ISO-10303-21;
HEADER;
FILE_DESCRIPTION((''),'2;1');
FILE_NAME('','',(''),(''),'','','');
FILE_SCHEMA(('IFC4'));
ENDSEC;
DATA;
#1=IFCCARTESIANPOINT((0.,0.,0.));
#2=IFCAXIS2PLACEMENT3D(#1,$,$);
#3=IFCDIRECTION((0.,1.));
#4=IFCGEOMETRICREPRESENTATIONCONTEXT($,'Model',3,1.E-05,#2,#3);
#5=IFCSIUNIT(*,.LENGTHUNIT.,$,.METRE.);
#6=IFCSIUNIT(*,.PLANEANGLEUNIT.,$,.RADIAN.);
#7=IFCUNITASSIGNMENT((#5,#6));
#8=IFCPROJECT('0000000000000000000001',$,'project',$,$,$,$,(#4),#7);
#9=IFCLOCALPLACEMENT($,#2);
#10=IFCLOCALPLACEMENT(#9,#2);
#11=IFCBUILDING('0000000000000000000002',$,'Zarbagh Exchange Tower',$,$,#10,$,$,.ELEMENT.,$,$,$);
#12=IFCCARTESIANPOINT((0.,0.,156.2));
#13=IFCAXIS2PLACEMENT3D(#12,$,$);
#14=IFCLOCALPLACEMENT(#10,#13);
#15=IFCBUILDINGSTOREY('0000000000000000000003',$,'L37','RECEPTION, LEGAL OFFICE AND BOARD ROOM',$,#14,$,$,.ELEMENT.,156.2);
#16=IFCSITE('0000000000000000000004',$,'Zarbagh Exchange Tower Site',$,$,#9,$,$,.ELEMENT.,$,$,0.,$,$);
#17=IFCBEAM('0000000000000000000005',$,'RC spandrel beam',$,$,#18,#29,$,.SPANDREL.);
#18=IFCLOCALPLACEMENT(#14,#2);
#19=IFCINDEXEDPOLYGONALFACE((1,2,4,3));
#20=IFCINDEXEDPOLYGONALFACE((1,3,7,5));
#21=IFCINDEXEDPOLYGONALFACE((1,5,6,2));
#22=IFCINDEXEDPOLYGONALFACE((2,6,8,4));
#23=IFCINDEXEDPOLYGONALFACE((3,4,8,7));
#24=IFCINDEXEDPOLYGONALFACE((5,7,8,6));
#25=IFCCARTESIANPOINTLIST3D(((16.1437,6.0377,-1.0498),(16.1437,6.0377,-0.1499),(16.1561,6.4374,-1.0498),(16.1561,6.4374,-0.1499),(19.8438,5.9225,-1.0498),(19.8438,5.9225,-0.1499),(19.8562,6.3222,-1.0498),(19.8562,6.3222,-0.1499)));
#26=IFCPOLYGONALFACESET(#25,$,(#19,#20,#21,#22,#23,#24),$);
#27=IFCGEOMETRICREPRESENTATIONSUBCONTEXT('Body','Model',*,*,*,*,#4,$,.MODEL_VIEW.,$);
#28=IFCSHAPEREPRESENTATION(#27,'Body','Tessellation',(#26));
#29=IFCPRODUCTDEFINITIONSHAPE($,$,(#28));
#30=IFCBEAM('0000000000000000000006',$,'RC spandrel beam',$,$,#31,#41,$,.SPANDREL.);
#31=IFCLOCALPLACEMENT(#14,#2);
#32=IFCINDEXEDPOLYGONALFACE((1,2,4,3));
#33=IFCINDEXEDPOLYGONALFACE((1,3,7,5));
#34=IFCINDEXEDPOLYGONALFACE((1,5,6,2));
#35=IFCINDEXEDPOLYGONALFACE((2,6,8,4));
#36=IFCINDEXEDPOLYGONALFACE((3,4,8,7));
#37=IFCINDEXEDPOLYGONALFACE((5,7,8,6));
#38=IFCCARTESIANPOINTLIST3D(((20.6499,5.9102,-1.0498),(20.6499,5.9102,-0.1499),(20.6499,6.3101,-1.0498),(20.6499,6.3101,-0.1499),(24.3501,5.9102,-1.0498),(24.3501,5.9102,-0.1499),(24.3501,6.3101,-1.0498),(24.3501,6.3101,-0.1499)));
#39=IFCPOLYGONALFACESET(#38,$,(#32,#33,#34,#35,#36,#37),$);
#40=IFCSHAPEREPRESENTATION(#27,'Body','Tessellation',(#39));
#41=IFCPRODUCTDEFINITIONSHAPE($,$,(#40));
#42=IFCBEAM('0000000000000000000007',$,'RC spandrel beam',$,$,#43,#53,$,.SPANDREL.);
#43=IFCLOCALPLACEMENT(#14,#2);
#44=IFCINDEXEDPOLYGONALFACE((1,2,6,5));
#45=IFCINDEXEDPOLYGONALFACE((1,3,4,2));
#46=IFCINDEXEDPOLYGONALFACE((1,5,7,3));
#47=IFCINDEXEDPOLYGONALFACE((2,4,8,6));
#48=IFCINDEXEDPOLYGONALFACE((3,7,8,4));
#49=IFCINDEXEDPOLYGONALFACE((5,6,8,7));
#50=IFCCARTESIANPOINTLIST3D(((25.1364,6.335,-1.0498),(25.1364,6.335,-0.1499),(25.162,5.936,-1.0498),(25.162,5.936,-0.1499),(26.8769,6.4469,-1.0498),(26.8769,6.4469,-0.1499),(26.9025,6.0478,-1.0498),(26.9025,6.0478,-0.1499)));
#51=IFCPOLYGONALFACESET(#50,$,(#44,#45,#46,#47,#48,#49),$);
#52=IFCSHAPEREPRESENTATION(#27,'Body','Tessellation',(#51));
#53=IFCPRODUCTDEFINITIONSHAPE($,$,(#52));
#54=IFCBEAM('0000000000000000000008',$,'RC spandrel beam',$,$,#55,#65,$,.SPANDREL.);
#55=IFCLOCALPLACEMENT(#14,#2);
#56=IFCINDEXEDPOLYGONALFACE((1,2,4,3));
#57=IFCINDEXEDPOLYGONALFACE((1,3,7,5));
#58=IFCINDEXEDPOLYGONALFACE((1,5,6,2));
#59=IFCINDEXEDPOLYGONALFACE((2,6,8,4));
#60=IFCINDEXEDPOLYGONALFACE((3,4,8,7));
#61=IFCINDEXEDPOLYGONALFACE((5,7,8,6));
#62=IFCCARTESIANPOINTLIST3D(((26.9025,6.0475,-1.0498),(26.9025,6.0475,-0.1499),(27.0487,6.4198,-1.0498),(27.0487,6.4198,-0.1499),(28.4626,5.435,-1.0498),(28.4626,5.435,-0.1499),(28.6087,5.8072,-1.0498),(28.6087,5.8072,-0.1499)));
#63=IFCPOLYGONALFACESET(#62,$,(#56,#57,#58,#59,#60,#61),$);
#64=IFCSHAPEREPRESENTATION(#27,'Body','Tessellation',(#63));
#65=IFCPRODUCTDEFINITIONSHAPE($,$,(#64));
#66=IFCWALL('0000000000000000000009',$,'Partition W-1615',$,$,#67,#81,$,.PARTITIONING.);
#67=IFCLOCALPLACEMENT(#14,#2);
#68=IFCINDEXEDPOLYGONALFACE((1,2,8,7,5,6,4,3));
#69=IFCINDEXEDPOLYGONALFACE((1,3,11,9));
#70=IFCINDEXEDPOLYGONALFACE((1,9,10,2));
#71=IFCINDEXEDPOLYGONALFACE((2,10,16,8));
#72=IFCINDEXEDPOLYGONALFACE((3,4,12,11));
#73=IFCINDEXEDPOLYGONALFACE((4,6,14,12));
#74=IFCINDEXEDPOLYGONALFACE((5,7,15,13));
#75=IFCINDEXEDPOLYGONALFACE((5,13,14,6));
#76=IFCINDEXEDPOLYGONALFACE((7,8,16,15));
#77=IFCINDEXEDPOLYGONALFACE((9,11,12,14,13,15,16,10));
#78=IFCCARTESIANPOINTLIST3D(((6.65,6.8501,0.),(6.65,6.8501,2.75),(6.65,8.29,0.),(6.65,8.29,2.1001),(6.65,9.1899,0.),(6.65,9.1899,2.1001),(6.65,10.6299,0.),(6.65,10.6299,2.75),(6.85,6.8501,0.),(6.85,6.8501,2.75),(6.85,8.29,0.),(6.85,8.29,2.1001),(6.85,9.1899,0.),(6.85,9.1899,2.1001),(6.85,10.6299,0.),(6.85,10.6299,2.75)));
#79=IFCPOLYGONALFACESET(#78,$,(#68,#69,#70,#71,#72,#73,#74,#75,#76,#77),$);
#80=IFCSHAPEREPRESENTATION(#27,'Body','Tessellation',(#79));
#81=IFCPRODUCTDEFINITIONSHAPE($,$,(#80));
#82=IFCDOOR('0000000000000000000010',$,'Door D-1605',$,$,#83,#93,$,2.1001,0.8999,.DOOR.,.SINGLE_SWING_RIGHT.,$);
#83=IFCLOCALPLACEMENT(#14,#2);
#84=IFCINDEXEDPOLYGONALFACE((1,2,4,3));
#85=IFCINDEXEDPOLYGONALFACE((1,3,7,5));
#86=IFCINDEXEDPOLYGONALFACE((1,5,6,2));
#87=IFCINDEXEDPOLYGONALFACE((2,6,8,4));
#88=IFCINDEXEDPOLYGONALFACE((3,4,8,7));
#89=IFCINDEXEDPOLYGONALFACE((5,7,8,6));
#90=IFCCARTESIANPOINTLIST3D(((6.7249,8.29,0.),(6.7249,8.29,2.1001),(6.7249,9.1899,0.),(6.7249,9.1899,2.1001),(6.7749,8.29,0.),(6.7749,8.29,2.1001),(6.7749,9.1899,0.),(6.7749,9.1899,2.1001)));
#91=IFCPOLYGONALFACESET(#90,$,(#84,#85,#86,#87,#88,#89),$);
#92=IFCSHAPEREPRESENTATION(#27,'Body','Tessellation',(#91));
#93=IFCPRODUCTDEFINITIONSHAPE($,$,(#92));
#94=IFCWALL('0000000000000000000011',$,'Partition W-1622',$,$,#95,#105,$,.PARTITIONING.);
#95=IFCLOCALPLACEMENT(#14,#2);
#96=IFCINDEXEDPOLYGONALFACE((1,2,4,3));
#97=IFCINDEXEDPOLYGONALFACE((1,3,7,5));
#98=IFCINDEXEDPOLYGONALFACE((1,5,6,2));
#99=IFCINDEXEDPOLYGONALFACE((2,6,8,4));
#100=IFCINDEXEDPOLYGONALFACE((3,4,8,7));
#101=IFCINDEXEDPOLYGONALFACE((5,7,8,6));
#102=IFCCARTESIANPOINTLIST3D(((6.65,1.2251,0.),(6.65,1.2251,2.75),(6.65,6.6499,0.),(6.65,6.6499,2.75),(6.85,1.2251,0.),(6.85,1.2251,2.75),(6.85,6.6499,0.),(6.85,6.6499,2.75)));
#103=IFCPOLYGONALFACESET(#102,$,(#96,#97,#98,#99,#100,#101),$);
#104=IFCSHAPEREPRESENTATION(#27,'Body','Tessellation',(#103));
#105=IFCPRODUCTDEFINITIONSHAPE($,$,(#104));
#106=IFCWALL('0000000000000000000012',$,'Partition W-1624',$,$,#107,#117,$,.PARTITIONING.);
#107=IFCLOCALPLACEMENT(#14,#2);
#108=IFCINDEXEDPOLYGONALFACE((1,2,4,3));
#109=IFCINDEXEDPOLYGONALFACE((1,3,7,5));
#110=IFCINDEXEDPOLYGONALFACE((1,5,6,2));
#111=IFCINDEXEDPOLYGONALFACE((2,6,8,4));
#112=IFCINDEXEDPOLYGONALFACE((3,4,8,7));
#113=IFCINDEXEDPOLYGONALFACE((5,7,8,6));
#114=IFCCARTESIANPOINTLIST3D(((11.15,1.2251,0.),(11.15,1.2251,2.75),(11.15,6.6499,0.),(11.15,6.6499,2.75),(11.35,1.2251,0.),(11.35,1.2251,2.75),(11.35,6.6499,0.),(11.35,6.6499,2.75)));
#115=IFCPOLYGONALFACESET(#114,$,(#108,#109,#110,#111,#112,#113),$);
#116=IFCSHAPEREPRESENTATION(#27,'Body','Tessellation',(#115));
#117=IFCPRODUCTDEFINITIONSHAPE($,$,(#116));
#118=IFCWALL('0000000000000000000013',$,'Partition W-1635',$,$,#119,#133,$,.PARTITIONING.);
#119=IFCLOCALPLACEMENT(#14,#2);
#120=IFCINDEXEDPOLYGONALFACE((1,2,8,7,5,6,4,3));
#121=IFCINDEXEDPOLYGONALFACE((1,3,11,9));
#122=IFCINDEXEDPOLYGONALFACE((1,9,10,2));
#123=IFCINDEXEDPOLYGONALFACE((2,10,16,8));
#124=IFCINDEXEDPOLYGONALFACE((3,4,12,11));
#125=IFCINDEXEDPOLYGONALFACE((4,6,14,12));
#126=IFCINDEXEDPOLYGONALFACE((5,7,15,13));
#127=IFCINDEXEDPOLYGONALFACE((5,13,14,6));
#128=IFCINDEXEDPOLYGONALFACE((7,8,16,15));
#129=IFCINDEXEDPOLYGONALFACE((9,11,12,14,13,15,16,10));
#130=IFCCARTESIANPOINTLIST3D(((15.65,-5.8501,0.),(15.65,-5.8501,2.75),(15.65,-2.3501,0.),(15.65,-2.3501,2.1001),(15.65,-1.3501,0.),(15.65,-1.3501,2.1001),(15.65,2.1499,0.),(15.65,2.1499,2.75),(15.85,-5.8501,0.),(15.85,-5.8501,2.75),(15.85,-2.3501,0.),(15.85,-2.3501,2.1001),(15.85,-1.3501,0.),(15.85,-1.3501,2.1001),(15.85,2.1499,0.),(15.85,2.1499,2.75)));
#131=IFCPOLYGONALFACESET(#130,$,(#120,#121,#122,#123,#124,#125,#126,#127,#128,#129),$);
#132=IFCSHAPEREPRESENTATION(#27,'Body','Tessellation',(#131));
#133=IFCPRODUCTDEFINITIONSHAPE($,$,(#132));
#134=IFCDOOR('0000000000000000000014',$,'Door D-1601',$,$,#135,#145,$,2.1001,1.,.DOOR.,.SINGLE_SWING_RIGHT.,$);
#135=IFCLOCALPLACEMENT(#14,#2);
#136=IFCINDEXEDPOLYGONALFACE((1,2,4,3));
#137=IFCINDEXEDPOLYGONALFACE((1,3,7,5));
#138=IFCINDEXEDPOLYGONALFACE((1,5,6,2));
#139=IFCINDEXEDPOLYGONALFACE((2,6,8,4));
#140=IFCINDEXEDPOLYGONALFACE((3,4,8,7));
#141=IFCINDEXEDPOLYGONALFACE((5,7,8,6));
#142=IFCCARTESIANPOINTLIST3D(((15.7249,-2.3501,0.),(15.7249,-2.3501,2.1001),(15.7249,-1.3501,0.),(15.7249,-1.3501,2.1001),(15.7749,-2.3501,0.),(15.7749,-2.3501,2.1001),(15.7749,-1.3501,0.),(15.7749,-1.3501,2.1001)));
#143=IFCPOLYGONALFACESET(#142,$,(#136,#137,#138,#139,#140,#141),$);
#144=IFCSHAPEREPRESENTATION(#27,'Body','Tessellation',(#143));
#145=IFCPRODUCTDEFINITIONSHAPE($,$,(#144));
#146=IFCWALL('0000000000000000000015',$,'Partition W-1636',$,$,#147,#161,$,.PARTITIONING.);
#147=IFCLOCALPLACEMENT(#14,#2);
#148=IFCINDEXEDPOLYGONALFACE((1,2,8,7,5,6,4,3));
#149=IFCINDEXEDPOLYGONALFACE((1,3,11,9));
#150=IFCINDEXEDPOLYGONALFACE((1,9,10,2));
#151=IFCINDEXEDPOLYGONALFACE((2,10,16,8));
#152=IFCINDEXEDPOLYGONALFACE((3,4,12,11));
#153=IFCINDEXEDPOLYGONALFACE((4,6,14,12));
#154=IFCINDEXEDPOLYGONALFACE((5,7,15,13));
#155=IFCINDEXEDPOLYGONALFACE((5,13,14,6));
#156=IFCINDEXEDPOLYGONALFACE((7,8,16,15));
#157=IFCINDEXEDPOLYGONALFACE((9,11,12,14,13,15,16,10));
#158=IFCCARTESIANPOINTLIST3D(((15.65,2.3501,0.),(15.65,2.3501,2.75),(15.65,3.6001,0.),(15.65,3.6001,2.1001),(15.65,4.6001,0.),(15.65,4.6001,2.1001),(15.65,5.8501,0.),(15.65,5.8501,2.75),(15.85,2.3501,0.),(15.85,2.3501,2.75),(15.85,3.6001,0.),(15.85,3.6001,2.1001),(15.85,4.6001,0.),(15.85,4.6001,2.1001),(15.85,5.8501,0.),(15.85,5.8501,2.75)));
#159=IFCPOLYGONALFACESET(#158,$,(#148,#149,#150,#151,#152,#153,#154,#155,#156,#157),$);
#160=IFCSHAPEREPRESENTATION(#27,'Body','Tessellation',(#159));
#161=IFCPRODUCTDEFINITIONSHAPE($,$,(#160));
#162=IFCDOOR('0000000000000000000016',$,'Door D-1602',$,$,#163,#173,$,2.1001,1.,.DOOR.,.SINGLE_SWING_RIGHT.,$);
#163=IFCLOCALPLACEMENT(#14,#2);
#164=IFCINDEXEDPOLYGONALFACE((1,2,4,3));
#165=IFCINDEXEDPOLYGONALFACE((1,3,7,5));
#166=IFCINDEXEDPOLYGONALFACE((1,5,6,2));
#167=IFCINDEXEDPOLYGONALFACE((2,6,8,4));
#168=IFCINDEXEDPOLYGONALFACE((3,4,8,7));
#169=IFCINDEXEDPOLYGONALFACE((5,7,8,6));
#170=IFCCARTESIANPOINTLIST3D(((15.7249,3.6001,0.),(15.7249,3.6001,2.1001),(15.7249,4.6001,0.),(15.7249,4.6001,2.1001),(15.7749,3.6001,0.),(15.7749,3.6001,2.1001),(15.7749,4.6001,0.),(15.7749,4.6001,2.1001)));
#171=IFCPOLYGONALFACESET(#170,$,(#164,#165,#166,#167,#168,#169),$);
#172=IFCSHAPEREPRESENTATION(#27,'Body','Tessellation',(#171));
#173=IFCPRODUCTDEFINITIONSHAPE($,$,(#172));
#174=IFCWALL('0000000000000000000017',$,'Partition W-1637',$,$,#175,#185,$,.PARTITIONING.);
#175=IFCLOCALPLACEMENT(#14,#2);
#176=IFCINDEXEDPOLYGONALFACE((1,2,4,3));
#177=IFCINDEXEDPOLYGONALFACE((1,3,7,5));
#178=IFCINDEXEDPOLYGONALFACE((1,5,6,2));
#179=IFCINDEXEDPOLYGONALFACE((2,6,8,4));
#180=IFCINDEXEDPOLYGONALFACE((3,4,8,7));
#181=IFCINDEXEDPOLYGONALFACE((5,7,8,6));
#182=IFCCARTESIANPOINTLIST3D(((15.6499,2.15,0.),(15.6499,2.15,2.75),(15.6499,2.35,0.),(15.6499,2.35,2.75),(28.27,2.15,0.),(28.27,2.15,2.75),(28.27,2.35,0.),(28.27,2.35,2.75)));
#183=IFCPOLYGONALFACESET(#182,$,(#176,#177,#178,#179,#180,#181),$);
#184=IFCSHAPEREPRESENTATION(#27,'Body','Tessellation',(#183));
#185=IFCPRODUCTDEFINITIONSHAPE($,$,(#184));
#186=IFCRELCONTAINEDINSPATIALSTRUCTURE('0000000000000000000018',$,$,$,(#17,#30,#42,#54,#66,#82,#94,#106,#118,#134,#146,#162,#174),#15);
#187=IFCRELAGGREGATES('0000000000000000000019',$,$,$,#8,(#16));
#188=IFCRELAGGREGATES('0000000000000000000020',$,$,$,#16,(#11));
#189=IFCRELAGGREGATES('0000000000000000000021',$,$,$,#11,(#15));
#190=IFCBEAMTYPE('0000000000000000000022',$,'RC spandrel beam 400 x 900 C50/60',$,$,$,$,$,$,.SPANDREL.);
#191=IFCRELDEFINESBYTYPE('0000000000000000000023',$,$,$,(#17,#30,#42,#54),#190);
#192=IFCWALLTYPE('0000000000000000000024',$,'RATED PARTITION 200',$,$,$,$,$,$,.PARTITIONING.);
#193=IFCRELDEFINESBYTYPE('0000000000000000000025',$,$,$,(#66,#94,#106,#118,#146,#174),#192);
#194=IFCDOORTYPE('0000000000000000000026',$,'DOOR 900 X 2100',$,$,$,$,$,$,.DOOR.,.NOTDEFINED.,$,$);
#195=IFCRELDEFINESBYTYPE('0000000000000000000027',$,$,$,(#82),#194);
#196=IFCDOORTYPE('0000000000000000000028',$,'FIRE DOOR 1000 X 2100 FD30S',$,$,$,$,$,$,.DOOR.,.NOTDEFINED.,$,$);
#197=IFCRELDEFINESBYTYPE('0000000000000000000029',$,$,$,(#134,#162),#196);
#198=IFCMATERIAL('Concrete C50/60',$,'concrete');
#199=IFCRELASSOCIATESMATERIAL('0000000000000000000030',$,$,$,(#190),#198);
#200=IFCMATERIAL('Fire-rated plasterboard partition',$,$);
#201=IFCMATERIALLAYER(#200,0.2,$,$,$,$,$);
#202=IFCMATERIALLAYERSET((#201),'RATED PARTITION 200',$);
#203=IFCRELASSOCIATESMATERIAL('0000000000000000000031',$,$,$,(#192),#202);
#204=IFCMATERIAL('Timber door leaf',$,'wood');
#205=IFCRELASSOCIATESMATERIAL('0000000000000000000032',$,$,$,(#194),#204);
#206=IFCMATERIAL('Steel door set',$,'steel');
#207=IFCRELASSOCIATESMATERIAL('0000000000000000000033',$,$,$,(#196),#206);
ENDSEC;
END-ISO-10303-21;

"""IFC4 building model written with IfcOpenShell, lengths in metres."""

from ifc_helpers import new_model, si_unit, direction, frame, frame_2d, origin, origin_2d, place, context, subcontext, project, spatial, rectangle, extrude, material, layer, layer_set, material_profile, profile_set, type_object, element, fill, save


model = new_model("IFC4")

# Units and contexts
model_context = context("Model", 3, precision=1e-05, world=origin(), true_north=direction((0.0, 1.0)))
body_context = subcontext(model_context, "Body", "Model", "MODEL_VIEW")
ifc_project = project(units=[si_unit("LENGTHUNIT", "METRE"), si_unit("PLANEANGLEUNIT", "RADIAN")], contexts=[model_context])

# Site, building, storey
site_placement = place(None, origin())
site = spatial("IfcSite", under=ifc_project, at=site_placement, Name="Zarbagh Exchange Tower Site", CompositionType="ELEMENT", RefElevation=0.0)
building_placement = place(site_placement, origin())
building = spatial("IfcBuilding", under=site, at=building_placement, Name="Zarbagh Exchange Tower", CompositionType="ELEMENT")
storey_placement = place(building_placement, frame((0.0, 0.0, 156.2)))
storey = spatial("IfcBuildingStorey", under=building, at=storey_placement, Name="L37", Description="RECEPTION, LEGAL OFFICE AND BOARD ROOM", CompositionType="ELEMENT", Elevation=156.2)

# Shared definitions
ifc_material_1 = material(Name="Concrete C50/60", Category="concrete")

# Beams
ifc_material_profile_1 = material_profile(ifc_material_1, rectangle(XDim=0.3999, YDim=0.8999, at=origin_2d()), Name="RC spandrel beam 400 x 900 C50/60")
ifc_profile_set_1 = profile_set([ifc_material_profile_1], Name="Concrete C50/60")
beam_type_1 = type_object("IfcBeamType", Name="RC spandrel beam 400 x 900 C50/60", PredefinedType="SPANDREL", material=ifc_profile_set_1)
beam_1_placement = place(storey_placement, frame((16.1499, 6.2375, -0.5999), z_axis=(0.999515, -0.031128, 0.0), x_axis=(0.031128, 0.999515, 0.0)))
element("IfcBeam", 1, at=beam_1_placement, inside=storey, type_object=beam_type_1, Name="RC spandrel beam", PredefinedType="SPANDREL", context=body_context, shape_type="SweptSolid", body=[
    extrude(rectangle(XDim=0.3999, YDim=0.8999, at=origin_2d()), origin(), (0.0, 0.0, 1.0), 3.7019),
])
beam_2_placement = place(storey_placement, frame((20.6499, 6.1101, -0.5999), z_axis=(1.0, 0.0, 0.0), x_axis=(0.0, 1.0, 0.0)))
element("IfcBeam", 2, at=beam_2_placement, inside=storey, type_object=beam_type_1, Name="RC spandrel beam", PredefinedType="SPANDREL", context=body_context, shape_type="SweptSolid", body=[
    extrude(rectangle(XDim=0.3999, YDim=0.8999, at=origin_2d()), origin(), (0.0, 0.0, 1.0), 3.7002),
])
beam_3_placement = place(storey_placement, frame((25.1492, 6.1355, -0.5999), z_axis=(0.997943, 0.064112, 0.0), x_axis=(-0.064112, 0.997943, 0.0)))
element("IfcBeam", 3, at=beam_3_placement, inside=storey, type_object=beam_type_1, Name="RC spandrel beam", PredefinedType="SPANDREL", context=body_context, shape_type="SweptSolid", body=[
    extrude(rectangle(XDim=0.3999, YDim=0.8999, at=origin_2d()), origin(), (0.0, 0.0, 1.0), 1.7441),
])
beam_4_placement = place(storey_placement, frame((26.9756, 6.2336, -0.5999), z_axis=(0.930819, -0.365481, 0.0), x_axis=(0.365481, 0.930819, 0.0)))
element("IfcBeam", 4, at=beam_4_placement, inside=storey, type_object=beam_type_1, Name="RC spandrel beam", PredefinedType="SPANDREL", context=body_context, shape_type="SweptSolid", body=[
    extrude(rectangle(XDim=0.3999, YDim=0.8999, at=origin_2d()), origin(), (0.0, 0.0, 1.0), 1.676),
])

# Wall, opening, door
ifc_material_2 = material(Name="Fire-rated plasterboard partition")
ifc_layer = layer(ifc_material_2, 0.2)
ifc_layer_set = layer_set([ifc_layer], Name="RATED PARTITION 200")
wall_type = type_object("IfcWallType", Name="RATED PARTITION 200", PredefinedType="PARTITIONING", material=ifc_layer_set)
wall_1_placement = place(storey_placement, frame((6.75, 10.6299, 0.0), z_axis=(0.0, 0.0, 1.0), x_axis=(0.0, -1.0, 0.0)))
wall_1 = element("IfcWall", 5, at=wall_1_placement, inside=storey, type_object=wall_type, Name="Partition W-1615", PredefinedType="PARTITIONING", context=body_context, shape_type="SweptSolid", body=[
    extrude(rectangle(XDim=3.7798, YDim=0.2, at=frame_2d((1.8899, 0.0))), origin(), (0.0, 0.0, 1.0), 2.75),
])
opening_1_placement = place(wall_1_placement, frame((1.4399, 0.0, 0.0)))
opening_1 = element("IfcOpeningElement", 6, at=opening_1_placement, cuts=wall_1, PredefinedType="OPENING", context=body_context, shape_type="SweptSolid", body=[
    extrude(rectangle(XDim=0.8999, YDim=2.1001, at=frame_2d((0.45, 1.05))), frame((0.0, 0.1099, 0.0), z_axis=(0.0, -1.0, 0.0), x_axis=(1.0, 0.0, 0.0)), (0.0, 0.0, 1.0), 0.22),
])
ifc_material_3 = material(Name="Timber door leaf", Category="wood")
door_type_1 = type_object("IfcDoorType", Name="DOOR 900 X 2100", OperationType="NOTDEFINED", PredefinedType="DOOR", material=ifc_material_3)
door_1_placement = place(opening_1_placement, origin())
door_1 = element("IfcDoor", 7, at=door_1_placement, inside=storey, type_object=door_type_1, Name="Door D-1605", OperationType="SINGLE_SWING_RIGHT", OverallHeight=2.1001, OverallWidth=0.8999, PredefinedType="DOOR", context=body_context, shape_type="SweptSolid", body=[
    extrude(rectangle(XDim=0.8999, YDim=2.1001, at=frame_2d((0.45, 1.05))), frame((0.0, 0.0249, 0.0), z_axis=(0.0, -1.0, 0.0), x_axis=(1.0, 0.0, 0.0)), (0.0, 0.0, 1.0), 0.05),
])
fill(opening_1, door_1)

# Walls
for number, where, z_axis, x_axis, name in (
    (8, (6.75, 1.2251, 0.0), (0.0, 0.0, 1.0), (0.0, 1.0, 0.0), "Partition W-1622"),
    (9, (11.25, 1.2251, 0.0), (0.0, 0.0, 1.0), (0.0, 1.0, 0.0), "Partition W-1624"),
):
    element("IfcWall", number, at=place(storey_placement, frame(where, z_axis=z_axis, x_axis=x_axis)), inside=storey, type_object=wall_type, Name=name, PredefinedType="PARTITIONING", context=body_context, shape_type="SweptSolid", body=[
        extrude(rectangle(XDim=5.4248, YDim=0.2, at=frame_2d((2.7124, 0.0))), origin(), (0.0, 0.0, 1.0), 2.75),
    ])

# Walls, openings, doors
wall_2_placement = place(storey_placement, frame((15.75, 2.1499, 0.0), z_axis=(0.0, 0.0, 1.0), x_axis=(0.0, -1.0, 0.0)))
wall_2 = element("IfcWall", 10, at=wall_2_placement, inside=storey, type_object=wall_type, Name="Partition W-1635", PredefinedType="PARTITIONING", context=body_context, shape_type="SweptSolid", body=[
    extrude(rectangle(XDim=8.0, YDim=0.2, at=frame_2d((4.0, 0.0))), origin(), (0.0, 0.0, 1.0), 2.75),
])
opening_2_placement = place(wall_2_placement, frame((3.5, 0.0, 0.0)))
opening_2 = element("IfcOpeningElement", 11, at=opening_2_placement, cuts=wall_2, PredefinedType="OPENING", context=body_context, shape_type="SweptSolid", body=[
    extrude(rectangle(XDim=1.0, YDim=2.1001, at=frame_2d((0.5, 1.05))), frame((0.0, 0.1099, 0.0), z_axis=(0.0, -1.0, 0.0), x_axis=(1.0, 0.0, 0.0)), (0.0, 0.0, 1.0), 0.22),
])
ifc_material_4 = material(Name="Steel door set", Category="steel")
door_type_2 = type_object("IfcDoorType", Name="FIRE DOOR 1000 X 2100 FD30S", OperationType="NOTDEFINED", PredefinedType="DOOR", material=ifc_material_4)
door_2_placement = place(opening_2_placement, origin())
door_2 = element("IfcDoor", 12, at=door_2_placement, inside=storey, type_object=door_type_2, Name="Door D-1601", OperationType="SINGLE_SWING_RIGHT", OverallHeight=2.1001, OverallWidth=1.0, PredefinedType="DOOR", context=body_context, shape_type="SweptSolid", body=[
    extrude(rectangle(XDim=1.0, YDim=2.1001, at=frame_2d((0.5, 1.05))), frame((0.0, 0.0249, 0.0), z_axis=(0.0, -1.0, 0.0), x_axis=(1.0, 0.0, 0.0)), (0.0, 0.0, 1.0), 0.05),
])
fill(opening_2, door_2)
wall_3_placement = place(storey_placement, frame((15.75, 5.8501, 0.0), z_axis=(0.0, 0.0, 1.0), x_axis=(0.0, -1.0, 0.0)))
wall_3 = element("IfcWall", 13, at=wall_3_placement, inside=storey, type_object=wall_type, Name="Partition W-1636", PredefinedType="PARTITIONING", context=body_context, shape_type="SweptSolid", body=[
    extrude(rectangle(XDim=3.5, YDim=0.2, at=frame_2d((1.75, 0.0))), origin(), (0.0, 0.0, 1.0), 2.75),
])
opening_3_placement = place(wall_3_placement, frame((1.25, 0.0, 0.0)))
opening_3 = element("IfcOpeningElement", 14, at=opening_3_placement, cuts=wall_3, PredefinedType="OPENING", context=body_context, shape_type="SweptSolid", body=[
    extrude(rectangle(XDim=1.0, YDim=2.1001, at=frame_2d((0.5, 1.05))), frame((0.0, 0.1099, 0.0), z_axis=(0.0, -1.0, 0.0), x_axis=(1.0, 0.0, 0.0)), (0.0, 0.0, 1.0), 0.22),
])
door_3_placement = place(opening_3_placement, origin())
door_3 = element("IfcDoor", 15, at=door_3_placement, inside=storey, type_object=door_type_2, Name="Door D-1602", OperationType="SINGLE_SWING_RIGHT", OverallHeight=2.1001, OverallWidth=1.0, PredefinedType="DOOR", context=body_context, shape_type="SweptSolid", body=[
    extrude(rectangle(XDim=1.0, YDim=2.1001, at=frame_2d((0.5, 1.05))), frame((0.0, 0.0249, 0.0), z_axis=(0.0, -1.0, 0.0), x_axis=(1.0, 0.0, 0.0)), (0.0, 0.0, 1.0), 0.05),
])
fill(opening_3, door_3)

# Wall
wall_4_placement = place(storey_placement, frame((15.6499, 2.25, 0.0), z_axis=(0.0, 0.0, 1.0), x_axis=(1.0, 0.0, 0.0)))
element("IfcWall", 16, at=wall_4_placement, inside=storey, type_object=wall_type, Name="Partition W-1637", PredefinedType="PARTITIONING", context=body_context, shape_type="SweptSolid", body=[
    extrude(rectangle(XDim=12.6201, YDim=0.2, at=frame_2d((6.3101, 0.0))), origin(), (0.0, 0.0, 1.0), 2.75),
])

save(model, "model.ifc")
